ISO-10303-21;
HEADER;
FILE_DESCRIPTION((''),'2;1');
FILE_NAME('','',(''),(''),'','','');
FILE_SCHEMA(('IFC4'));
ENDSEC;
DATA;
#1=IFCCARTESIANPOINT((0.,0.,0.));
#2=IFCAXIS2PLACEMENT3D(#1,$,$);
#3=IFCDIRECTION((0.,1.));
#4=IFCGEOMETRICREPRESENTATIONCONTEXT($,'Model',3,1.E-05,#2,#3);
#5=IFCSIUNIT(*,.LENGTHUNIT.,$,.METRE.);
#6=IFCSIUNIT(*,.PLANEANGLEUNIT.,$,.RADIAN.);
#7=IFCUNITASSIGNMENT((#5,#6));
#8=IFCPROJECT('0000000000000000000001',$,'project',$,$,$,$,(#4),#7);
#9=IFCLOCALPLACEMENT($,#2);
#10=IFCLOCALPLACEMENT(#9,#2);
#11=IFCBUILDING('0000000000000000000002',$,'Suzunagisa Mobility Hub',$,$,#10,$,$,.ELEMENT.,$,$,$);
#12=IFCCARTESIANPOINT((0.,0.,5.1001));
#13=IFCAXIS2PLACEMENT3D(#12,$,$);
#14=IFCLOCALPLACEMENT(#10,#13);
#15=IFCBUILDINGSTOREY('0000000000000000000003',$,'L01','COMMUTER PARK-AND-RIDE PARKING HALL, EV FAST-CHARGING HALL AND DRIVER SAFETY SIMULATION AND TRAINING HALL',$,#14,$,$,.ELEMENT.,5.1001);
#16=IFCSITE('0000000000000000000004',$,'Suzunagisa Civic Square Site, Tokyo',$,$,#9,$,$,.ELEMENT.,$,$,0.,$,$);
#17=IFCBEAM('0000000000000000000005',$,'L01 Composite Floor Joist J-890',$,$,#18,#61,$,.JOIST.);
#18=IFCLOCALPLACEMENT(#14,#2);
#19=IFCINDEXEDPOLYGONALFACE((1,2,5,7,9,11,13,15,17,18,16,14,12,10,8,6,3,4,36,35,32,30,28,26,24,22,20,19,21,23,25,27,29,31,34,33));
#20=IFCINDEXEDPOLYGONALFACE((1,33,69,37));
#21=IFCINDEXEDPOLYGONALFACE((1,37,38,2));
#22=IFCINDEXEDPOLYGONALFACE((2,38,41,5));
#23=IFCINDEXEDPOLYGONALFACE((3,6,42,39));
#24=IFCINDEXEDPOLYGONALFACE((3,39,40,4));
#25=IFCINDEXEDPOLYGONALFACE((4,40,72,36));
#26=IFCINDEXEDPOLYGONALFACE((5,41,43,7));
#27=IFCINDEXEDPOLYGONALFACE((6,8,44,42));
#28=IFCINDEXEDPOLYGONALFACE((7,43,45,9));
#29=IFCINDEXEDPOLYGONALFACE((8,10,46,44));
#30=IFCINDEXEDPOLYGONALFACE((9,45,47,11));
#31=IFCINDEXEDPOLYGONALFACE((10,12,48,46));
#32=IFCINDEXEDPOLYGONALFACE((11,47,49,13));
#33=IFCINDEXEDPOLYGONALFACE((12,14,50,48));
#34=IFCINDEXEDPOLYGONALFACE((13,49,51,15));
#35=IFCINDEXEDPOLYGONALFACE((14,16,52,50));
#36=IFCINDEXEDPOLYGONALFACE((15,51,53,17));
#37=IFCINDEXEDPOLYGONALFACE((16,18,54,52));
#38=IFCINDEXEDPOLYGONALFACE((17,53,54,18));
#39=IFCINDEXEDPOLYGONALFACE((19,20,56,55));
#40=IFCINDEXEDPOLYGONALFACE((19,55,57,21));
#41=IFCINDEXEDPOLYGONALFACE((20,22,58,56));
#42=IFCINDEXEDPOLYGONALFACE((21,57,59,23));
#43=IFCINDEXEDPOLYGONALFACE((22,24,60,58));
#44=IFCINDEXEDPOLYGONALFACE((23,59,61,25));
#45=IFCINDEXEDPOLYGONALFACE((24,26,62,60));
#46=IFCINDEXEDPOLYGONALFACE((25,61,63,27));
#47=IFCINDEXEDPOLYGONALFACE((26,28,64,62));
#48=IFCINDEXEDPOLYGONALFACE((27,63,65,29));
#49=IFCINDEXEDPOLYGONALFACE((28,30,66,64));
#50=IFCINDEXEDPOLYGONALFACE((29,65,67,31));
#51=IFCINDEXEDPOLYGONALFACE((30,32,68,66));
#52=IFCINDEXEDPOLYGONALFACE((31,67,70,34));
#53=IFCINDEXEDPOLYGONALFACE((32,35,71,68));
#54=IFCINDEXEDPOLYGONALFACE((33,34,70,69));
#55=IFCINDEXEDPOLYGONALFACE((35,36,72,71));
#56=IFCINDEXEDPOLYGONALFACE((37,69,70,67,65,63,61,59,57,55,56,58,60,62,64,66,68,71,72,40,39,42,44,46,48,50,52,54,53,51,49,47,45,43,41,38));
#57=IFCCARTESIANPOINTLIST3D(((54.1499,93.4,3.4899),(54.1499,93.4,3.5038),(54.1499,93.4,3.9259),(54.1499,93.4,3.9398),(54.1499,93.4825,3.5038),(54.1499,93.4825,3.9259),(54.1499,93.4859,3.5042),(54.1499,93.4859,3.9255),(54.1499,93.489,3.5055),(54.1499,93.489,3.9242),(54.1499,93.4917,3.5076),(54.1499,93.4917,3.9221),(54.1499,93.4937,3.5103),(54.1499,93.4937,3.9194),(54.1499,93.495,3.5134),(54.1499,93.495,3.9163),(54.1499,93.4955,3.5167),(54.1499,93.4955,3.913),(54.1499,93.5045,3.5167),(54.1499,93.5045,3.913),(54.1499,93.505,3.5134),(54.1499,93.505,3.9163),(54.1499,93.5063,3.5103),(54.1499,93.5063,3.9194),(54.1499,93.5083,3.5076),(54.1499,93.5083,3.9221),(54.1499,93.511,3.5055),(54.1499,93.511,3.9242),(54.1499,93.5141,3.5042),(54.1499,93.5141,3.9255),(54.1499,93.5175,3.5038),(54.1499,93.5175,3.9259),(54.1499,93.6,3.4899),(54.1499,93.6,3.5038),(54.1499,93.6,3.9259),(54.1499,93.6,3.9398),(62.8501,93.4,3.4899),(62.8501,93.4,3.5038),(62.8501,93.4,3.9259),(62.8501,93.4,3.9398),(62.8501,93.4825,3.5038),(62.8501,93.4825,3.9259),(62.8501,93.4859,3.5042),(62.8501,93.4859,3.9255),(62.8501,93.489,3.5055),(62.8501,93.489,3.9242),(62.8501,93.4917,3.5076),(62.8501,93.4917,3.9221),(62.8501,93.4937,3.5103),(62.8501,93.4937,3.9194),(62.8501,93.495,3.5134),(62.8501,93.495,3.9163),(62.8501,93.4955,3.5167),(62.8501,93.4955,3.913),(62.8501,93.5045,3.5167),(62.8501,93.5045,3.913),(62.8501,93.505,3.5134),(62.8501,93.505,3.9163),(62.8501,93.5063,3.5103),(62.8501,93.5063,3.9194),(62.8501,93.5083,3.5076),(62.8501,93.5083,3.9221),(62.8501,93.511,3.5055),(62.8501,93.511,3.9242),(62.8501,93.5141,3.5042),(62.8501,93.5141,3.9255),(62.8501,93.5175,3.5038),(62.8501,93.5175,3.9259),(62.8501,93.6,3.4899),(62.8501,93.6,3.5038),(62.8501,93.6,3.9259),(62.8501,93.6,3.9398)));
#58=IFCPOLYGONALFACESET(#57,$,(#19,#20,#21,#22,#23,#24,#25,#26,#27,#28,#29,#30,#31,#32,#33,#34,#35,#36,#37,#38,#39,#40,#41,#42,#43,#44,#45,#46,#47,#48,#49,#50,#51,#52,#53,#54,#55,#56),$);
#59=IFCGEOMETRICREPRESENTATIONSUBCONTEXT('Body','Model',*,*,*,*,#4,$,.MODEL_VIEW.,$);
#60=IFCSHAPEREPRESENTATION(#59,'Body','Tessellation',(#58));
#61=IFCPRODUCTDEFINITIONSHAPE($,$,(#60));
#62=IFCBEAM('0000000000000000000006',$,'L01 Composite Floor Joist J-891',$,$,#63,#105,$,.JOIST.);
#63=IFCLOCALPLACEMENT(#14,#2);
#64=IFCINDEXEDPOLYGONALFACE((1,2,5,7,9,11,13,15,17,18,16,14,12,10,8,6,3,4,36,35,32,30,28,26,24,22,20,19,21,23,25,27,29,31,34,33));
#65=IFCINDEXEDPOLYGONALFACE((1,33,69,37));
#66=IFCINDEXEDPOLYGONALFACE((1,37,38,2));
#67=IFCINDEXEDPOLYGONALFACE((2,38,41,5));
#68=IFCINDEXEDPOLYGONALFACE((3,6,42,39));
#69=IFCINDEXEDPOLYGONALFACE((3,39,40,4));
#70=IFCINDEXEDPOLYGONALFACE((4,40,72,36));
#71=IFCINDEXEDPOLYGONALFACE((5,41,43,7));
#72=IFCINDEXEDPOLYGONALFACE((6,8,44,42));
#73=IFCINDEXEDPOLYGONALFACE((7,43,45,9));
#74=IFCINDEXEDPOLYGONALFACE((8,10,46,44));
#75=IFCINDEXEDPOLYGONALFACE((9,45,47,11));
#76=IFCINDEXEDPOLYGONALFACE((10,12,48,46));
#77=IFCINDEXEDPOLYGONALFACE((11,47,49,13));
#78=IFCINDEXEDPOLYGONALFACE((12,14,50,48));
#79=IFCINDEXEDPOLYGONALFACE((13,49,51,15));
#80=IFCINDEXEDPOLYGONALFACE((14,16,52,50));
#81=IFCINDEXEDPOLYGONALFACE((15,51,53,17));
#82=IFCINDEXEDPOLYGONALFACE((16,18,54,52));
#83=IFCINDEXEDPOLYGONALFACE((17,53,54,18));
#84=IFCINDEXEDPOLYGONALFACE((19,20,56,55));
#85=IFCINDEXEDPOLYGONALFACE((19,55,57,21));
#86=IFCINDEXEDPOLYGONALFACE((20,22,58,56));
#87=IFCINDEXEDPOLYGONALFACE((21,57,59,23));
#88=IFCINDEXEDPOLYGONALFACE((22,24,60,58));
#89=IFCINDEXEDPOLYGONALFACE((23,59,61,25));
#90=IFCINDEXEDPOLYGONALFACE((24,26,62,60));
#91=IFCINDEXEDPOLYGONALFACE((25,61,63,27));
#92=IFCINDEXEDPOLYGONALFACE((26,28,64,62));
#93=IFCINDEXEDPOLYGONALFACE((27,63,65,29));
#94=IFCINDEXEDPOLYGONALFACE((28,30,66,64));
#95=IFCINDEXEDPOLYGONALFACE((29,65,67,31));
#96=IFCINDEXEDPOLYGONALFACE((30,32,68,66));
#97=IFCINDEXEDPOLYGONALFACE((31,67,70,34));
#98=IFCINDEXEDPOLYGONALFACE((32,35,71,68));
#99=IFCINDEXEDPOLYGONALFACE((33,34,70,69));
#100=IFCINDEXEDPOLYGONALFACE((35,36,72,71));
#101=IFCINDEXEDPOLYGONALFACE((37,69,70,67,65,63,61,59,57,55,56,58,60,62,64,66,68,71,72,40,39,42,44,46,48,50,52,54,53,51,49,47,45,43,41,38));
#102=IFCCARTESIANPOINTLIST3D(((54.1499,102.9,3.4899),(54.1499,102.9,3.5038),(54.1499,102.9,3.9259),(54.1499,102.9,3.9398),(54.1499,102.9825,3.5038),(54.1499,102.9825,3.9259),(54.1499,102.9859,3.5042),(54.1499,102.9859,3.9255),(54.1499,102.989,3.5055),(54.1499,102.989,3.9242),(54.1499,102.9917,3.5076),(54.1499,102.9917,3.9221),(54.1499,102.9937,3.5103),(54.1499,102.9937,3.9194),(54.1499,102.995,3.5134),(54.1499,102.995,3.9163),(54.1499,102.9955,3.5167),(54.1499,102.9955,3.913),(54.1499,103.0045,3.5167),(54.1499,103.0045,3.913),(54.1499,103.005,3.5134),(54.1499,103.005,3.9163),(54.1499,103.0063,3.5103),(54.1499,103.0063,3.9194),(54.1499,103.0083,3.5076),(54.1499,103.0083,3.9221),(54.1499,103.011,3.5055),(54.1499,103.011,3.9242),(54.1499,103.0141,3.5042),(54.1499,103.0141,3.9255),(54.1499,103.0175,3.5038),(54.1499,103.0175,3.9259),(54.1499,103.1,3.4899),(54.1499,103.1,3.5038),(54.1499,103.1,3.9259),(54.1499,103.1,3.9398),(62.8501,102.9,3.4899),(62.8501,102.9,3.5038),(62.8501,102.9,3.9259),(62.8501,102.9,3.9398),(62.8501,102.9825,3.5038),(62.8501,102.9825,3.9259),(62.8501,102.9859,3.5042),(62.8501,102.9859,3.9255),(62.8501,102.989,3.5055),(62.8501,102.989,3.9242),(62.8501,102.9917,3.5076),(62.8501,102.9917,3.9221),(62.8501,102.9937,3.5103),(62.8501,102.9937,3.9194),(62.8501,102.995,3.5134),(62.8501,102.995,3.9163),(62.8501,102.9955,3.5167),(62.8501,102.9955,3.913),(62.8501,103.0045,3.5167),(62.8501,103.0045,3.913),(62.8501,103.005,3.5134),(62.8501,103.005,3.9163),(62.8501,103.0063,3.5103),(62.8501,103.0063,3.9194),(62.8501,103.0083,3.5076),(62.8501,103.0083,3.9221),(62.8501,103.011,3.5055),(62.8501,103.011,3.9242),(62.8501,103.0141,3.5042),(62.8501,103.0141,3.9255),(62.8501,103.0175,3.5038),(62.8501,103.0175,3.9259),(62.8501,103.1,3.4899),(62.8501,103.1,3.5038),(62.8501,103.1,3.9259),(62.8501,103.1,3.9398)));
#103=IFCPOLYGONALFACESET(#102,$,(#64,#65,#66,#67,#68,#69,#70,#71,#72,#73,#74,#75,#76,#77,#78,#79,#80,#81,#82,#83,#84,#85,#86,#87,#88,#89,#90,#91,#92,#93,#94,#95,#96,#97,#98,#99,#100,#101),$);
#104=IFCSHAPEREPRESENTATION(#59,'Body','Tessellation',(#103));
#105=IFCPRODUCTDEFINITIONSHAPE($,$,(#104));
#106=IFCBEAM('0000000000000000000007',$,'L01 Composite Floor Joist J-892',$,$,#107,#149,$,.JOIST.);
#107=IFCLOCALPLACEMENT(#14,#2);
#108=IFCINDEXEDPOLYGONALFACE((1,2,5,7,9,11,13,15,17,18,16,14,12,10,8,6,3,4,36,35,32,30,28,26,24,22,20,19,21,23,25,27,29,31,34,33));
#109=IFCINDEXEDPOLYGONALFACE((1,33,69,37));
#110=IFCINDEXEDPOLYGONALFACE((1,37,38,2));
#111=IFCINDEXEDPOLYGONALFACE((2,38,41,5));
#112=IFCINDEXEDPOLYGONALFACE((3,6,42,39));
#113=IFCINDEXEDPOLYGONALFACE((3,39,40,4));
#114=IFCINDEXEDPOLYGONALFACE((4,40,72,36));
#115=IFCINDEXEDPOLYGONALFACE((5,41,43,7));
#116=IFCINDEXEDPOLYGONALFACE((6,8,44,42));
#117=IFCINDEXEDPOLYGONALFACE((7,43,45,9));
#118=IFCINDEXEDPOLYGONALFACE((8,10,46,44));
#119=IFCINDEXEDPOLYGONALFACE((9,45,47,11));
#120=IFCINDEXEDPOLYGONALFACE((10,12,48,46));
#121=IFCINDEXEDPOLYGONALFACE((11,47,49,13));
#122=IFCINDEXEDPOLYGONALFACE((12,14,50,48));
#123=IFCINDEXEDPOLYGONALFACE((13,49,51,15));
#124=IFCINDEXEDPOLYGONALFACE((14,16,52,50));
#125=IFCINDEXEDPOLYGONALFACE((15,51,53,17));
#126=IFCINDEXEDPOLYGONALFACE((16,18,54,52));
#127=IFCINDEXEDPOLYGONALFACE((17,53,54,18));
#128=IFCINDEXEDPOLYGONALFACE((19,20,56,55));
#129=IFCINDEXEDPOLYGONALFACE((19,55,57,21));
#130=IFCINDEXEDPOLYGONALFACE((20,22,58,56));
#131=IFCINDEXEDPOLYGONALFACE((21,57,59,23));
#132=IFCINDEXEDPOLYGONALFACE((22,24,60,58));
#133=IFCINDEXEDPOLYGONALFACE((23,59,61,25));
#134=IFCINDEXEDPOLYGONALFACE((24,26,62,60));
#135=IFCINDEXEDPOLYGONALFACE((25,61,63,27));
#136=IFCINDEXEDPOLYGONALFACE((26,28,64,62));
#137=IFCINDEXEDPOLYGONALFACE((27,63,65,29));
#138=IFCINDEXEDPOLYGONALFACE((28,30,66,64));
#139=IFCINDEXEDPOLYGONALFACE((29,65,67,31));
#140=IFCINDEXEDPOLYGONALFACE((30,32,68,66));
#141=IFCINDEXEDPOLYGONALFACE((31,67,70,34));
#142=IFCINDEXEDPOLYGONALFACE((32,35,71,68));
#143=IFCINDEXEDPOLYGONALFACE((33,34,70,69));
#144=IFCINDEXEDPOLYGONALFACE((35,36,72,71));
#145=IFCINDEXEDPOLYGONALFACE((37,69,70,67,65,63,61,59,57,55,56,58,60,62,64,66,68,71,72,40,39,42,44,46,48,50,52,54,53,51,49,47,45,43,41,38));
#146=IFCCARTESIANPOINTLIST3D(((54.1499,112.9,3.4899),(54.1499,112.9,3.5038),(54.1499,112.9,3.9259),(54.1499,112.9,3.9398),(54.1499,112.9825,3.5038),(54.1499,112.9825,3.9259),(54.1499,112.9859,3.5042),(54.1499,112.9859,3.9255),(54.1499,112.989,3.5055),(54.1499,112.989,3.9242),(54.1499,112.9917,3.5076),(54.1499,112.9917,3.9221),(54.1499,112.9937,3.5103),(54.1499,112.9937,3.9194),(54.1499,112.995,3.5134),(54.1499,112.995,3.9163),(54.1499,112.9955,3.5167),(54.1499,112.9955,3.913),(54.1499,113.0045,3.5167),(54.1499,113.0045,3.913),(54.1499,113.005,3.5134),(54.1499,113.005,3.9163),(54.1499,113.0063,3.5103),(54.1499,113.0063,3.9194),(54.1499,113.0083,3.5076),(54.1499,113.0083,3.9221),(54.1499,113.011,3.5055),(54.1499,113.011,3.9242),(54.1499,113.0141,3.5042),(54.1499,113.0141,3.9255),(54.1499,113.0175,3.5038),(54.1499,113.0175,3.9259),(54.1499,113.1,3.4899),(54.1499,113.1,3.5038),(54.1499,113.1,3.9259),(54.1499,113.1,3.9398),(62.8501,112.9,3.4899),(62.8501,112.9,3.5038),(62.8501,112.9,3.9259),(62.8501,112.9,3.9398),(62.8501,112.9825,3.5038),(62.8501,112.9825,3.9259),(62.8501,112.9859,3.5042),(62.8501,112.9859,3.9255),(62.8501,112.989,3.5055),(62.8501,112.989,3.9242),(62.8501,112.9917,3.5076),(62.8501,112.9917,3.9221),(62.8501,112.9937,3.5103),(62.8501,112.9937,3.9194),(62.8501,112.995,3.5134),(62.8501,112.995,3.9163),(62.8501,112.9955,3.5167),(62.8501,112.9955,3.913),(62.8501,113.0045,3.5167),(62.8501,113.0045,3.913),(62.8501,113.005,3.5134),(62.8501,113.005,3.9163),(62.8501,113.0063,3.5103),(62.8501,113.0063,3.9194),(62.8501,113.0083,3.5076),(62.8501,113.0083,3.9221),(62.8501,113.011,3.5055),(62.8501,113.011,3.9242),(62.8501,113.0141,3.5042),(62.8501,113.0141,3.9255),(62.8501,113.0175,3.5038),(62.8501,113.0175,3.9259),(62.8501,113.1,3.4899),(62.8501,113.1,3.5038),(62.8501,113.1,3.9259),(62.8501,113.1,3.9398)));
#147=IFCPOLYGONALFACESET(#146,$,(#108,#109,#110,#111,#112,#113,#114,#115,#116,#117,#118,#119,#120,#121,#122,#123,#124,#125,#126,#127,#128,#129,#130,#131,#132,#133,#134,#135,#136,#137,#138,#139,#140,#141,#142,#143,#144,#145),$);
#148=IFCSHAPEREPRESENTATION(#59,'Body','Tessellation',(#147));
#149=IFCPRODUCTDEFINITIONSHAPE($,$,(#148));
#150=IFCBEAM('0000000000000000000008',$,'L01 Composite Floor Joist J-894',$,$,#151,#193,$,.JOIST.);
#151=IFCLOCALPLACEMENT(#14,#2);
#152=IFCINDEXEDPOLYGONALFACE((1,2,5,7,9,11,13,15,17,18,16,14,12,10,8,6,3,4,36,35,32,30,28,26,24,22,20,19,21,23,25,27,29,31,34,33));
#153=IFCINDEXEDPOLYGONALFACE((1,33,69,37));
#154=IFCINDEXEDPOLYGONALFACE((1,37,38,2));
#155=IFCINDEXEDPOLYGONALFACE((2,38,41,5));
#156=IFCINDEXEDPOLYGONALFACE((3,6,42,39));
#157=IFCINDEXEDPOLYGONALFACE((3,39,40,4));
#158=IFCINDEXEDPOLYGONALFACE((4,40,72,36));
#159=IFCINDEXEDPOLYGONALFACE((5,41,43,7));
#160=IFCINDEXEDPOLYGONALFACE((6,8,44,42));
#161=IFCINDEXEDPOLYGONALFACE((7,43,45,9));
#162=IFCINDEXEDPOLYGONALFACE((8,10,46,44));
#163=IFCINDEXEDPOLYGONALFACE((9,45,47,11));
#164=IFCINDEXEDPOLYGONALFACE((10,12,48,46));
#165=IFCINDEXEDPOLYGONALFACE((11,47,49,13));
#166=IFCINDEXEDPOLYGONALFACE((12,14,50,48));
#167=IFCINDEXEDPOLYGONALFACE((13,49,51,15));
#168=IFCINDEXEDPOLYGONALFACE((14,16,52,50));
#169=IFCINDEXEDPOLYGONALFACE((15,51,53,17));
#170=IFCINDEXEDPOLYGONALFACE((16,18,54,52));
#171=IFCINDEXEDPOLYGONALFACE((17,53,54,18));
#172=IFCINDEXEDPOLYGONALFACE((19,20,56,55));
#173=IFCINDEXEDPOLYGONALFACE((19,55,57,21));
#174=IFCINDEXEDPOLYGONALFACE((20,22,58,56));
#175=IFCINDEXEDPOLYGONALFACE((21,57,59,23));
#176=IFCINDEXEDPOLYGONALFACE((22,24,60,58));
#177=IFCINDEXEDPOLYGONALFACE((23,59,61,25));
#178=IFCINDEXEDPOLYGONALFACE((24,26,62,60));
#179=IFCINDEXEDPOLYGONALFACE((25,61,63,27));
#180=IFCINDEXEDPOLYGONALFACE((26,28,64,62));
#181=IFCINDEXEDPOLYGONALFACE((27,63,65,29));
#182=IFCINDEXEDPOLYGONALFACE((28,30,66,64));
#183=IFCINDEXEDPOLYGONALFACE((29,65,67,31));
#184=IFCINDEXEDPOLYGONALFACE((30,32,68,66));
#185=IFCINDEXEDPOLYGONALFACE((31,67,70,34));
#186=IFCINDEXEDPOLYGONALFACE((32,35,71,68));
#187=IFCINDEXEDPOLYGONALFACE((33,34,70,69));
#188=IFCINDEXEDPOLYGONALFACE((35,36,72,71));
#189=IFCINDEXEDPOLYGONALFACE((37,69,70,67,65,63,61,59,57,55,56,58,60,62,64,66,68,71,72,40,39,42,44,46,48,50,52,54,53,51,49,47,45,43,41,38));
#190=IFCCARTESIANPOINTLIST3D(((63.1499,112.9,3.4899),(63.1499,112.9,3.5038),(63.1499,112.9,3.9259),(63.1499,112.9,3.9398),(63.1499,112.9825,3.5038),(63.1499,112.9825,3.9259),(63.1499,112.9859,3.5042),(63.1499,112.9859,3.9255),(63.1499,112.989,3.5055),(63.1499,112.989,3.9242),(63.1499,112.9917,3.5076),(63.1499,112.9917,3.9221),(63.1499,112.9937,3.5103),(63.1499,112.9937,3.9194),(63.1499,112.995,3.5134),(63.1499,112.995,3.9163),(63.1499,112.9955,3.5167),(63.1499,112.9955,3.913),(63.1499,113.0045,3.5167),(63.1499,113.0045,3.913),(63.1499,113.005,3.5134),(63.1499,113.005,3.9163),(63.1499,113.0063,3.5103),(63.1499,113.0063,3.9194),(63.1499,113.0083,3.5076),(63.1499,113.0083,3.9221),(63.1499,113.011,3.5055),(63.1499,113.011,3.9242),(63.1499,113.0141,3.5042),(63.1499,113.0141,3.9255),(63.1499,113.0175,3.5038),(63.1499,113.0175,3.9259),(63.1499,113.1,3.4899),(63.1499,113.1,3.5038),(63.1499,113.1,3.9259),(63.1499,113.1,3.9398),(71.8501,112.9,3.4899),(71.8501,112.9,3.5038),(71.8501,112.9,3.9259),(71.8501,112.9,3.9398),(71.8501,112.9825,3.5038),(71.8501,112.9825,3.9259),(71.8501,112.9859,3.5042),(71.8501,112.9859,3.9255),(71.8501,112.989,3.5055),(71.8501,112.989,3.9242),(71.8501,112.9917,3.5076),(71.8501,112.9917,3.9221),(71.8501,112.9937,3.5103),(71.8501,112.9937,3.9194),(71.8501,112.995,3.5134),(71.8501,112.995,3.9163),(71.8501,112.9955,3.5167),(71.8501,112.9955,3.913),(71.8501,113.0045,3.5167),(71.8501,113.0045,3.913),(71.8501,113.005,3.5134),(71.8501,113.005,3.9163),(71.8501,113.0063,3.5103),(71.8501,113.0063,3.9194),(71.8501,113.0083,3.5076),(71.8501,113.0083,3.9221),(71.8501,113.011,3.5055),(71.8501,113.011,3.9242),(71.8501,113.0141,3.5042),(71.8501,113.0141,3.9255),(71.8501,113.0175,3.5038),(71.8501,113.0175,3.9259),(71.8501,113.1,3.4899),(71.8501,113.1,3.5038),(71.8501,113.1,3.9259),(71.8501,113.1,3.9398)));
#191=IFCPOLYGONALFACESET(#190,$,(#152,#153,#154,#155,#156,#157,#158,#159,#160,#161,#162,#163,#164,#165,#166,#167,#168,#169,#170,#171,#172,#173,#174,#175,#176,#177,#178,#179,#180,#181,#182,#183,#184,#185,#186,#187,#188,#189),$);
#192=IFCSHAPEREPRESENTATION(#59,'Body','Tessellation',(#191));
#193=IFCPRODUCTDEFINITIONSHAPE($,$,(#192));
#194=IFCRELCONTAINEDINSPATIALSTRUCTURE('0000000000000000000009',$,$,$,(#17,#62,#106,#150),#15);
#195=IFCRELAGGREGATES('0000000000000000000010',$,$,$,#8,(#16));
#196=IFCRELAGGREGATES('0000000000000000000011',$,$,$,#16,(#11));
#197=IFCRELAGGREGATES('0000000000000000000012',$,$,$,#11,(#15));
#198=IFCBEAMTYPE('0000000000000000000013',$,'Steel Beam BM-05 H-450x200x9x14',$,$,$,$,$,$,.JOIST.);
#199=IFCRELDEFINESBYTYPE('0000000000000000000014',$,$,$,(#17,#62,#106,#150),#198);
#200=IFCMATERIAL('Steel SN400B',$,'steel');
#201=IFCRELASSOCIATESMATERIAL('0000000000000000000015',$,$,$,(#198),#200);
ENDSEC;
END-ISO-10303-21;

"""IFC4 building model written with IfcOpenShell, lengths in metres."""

from ifc_helpers import new_model, si_unit, direction, frame, origin, origin_2d, place, context, subcontext, project, spatial, i_section, extrude, material, material_profile, profile_set, type_object, element, save


model = new_model("IFC4")

# Units and contexts
model_context = context("Model", 3, precision=1e-05, world=origin(), true_north=direction((0.0, 1.0)))
body_context = subcontext(model_context, "Body", "Model", "MODEL_VIEW")
ifc_project = project(units=[si_unit("LENGTHUNIT", "METRE"), si_unit("PLANEANGLEUNIT", "RADIAN")], contexts=[model_context])

# Site, building, storey
site_placement = place(None, origin())
site = spatial("IfcSite", under=ifc_project, at=site_placement, Name="Suzunagisa Civic Square Site, Tokyo", CompositionType="ELEMENT", RefElevation=0.0)
building_placement = place(site_placement, origin())
building = spatial("IfcBuilding", under=site, at=building_placement, Name="Suzunagisa Mobility Hub", CompositionType="ELEMENT")
storey_placement = place(building_placement, frame((0.0, 0.0, 5.1001)))
storey = spatial("IfcBuildingStorey", under=building, at=storey_placement, Name="L01", Description="COMMUTER PARK-AND-RIDE PARKING HALL, EV FAST-CHARGING HALL AND DRIVER SAFETY SIMULATION AND TRAINING HALL", CompositionType="ELEMENT", Elevation=5.1001)

# Beams
ifc_material_1 = material(Name="Steel SN400B", Category="steel")
ifc_material_profile_1 = material_profile(ifc_material_1, i_section(OverallWidth=0.2, OverallDepth=0.45, WebThickness=0.009, FlangeThickness=0.0139, FilletRadius=0.0129, at=origin_2d()), Name="H-450x200x9x14")
ifc_profile_set_1 = profile_set([ifc_material_profile_1], Name="Steel SN400B")
beam_type_1 = type_object("IfcBeamType", Name="Steel Beam BM-05 H-450x200x9x14", PredefinedType="JOIST", material=ifc_profile_set_1)
for number, where, z_axis, x_axis, name in (
    (1, (54.1499, 93.5, 3.7148), (1.0, 0.0, 0.0), (0.0, 1.0, 0.0), "L01 Composite Floor Joist J-890"),
    (2, (54.1499, 103.0, 3.7148), (1.0, 0.0, 0.0), (0.0, 1.0, 0.0), "L01 Composite Floor Joist J-891"),
    (3, (54.1499, 113.0, 3.7148), (1.0, 0.0, 0.0), (0.0, 1.0, 0.0), "L01 Composite Floor Joist J-892"),
    (4, (63.1499, 113.0, 3.7148), (1.0, 0.0, 0.0), (0.0, 1.0, 0.0), "L01 Composite Floor Joist J-894"),
):
    element("IfcBeam", number, at=place(storey_placement, frame(where, z_axis=z_axis, x_axis=x_axis)), inside=storey, type_object=beam_type_1, Name=name, PredefinedType="JOIST", context=body_context, shape_type="SweptSolid", body=[
        extrude(i_section(OverallWidth=0.2, OverallDepth=0.45, WebThickness=0.009, FlangeThickness=0.0139, FilletRadius=0.0129, at=origin_2d()), origin(), (0.0, 0.0, 1.0), 8.7002),
    ])

save(model, "model.ifc")
